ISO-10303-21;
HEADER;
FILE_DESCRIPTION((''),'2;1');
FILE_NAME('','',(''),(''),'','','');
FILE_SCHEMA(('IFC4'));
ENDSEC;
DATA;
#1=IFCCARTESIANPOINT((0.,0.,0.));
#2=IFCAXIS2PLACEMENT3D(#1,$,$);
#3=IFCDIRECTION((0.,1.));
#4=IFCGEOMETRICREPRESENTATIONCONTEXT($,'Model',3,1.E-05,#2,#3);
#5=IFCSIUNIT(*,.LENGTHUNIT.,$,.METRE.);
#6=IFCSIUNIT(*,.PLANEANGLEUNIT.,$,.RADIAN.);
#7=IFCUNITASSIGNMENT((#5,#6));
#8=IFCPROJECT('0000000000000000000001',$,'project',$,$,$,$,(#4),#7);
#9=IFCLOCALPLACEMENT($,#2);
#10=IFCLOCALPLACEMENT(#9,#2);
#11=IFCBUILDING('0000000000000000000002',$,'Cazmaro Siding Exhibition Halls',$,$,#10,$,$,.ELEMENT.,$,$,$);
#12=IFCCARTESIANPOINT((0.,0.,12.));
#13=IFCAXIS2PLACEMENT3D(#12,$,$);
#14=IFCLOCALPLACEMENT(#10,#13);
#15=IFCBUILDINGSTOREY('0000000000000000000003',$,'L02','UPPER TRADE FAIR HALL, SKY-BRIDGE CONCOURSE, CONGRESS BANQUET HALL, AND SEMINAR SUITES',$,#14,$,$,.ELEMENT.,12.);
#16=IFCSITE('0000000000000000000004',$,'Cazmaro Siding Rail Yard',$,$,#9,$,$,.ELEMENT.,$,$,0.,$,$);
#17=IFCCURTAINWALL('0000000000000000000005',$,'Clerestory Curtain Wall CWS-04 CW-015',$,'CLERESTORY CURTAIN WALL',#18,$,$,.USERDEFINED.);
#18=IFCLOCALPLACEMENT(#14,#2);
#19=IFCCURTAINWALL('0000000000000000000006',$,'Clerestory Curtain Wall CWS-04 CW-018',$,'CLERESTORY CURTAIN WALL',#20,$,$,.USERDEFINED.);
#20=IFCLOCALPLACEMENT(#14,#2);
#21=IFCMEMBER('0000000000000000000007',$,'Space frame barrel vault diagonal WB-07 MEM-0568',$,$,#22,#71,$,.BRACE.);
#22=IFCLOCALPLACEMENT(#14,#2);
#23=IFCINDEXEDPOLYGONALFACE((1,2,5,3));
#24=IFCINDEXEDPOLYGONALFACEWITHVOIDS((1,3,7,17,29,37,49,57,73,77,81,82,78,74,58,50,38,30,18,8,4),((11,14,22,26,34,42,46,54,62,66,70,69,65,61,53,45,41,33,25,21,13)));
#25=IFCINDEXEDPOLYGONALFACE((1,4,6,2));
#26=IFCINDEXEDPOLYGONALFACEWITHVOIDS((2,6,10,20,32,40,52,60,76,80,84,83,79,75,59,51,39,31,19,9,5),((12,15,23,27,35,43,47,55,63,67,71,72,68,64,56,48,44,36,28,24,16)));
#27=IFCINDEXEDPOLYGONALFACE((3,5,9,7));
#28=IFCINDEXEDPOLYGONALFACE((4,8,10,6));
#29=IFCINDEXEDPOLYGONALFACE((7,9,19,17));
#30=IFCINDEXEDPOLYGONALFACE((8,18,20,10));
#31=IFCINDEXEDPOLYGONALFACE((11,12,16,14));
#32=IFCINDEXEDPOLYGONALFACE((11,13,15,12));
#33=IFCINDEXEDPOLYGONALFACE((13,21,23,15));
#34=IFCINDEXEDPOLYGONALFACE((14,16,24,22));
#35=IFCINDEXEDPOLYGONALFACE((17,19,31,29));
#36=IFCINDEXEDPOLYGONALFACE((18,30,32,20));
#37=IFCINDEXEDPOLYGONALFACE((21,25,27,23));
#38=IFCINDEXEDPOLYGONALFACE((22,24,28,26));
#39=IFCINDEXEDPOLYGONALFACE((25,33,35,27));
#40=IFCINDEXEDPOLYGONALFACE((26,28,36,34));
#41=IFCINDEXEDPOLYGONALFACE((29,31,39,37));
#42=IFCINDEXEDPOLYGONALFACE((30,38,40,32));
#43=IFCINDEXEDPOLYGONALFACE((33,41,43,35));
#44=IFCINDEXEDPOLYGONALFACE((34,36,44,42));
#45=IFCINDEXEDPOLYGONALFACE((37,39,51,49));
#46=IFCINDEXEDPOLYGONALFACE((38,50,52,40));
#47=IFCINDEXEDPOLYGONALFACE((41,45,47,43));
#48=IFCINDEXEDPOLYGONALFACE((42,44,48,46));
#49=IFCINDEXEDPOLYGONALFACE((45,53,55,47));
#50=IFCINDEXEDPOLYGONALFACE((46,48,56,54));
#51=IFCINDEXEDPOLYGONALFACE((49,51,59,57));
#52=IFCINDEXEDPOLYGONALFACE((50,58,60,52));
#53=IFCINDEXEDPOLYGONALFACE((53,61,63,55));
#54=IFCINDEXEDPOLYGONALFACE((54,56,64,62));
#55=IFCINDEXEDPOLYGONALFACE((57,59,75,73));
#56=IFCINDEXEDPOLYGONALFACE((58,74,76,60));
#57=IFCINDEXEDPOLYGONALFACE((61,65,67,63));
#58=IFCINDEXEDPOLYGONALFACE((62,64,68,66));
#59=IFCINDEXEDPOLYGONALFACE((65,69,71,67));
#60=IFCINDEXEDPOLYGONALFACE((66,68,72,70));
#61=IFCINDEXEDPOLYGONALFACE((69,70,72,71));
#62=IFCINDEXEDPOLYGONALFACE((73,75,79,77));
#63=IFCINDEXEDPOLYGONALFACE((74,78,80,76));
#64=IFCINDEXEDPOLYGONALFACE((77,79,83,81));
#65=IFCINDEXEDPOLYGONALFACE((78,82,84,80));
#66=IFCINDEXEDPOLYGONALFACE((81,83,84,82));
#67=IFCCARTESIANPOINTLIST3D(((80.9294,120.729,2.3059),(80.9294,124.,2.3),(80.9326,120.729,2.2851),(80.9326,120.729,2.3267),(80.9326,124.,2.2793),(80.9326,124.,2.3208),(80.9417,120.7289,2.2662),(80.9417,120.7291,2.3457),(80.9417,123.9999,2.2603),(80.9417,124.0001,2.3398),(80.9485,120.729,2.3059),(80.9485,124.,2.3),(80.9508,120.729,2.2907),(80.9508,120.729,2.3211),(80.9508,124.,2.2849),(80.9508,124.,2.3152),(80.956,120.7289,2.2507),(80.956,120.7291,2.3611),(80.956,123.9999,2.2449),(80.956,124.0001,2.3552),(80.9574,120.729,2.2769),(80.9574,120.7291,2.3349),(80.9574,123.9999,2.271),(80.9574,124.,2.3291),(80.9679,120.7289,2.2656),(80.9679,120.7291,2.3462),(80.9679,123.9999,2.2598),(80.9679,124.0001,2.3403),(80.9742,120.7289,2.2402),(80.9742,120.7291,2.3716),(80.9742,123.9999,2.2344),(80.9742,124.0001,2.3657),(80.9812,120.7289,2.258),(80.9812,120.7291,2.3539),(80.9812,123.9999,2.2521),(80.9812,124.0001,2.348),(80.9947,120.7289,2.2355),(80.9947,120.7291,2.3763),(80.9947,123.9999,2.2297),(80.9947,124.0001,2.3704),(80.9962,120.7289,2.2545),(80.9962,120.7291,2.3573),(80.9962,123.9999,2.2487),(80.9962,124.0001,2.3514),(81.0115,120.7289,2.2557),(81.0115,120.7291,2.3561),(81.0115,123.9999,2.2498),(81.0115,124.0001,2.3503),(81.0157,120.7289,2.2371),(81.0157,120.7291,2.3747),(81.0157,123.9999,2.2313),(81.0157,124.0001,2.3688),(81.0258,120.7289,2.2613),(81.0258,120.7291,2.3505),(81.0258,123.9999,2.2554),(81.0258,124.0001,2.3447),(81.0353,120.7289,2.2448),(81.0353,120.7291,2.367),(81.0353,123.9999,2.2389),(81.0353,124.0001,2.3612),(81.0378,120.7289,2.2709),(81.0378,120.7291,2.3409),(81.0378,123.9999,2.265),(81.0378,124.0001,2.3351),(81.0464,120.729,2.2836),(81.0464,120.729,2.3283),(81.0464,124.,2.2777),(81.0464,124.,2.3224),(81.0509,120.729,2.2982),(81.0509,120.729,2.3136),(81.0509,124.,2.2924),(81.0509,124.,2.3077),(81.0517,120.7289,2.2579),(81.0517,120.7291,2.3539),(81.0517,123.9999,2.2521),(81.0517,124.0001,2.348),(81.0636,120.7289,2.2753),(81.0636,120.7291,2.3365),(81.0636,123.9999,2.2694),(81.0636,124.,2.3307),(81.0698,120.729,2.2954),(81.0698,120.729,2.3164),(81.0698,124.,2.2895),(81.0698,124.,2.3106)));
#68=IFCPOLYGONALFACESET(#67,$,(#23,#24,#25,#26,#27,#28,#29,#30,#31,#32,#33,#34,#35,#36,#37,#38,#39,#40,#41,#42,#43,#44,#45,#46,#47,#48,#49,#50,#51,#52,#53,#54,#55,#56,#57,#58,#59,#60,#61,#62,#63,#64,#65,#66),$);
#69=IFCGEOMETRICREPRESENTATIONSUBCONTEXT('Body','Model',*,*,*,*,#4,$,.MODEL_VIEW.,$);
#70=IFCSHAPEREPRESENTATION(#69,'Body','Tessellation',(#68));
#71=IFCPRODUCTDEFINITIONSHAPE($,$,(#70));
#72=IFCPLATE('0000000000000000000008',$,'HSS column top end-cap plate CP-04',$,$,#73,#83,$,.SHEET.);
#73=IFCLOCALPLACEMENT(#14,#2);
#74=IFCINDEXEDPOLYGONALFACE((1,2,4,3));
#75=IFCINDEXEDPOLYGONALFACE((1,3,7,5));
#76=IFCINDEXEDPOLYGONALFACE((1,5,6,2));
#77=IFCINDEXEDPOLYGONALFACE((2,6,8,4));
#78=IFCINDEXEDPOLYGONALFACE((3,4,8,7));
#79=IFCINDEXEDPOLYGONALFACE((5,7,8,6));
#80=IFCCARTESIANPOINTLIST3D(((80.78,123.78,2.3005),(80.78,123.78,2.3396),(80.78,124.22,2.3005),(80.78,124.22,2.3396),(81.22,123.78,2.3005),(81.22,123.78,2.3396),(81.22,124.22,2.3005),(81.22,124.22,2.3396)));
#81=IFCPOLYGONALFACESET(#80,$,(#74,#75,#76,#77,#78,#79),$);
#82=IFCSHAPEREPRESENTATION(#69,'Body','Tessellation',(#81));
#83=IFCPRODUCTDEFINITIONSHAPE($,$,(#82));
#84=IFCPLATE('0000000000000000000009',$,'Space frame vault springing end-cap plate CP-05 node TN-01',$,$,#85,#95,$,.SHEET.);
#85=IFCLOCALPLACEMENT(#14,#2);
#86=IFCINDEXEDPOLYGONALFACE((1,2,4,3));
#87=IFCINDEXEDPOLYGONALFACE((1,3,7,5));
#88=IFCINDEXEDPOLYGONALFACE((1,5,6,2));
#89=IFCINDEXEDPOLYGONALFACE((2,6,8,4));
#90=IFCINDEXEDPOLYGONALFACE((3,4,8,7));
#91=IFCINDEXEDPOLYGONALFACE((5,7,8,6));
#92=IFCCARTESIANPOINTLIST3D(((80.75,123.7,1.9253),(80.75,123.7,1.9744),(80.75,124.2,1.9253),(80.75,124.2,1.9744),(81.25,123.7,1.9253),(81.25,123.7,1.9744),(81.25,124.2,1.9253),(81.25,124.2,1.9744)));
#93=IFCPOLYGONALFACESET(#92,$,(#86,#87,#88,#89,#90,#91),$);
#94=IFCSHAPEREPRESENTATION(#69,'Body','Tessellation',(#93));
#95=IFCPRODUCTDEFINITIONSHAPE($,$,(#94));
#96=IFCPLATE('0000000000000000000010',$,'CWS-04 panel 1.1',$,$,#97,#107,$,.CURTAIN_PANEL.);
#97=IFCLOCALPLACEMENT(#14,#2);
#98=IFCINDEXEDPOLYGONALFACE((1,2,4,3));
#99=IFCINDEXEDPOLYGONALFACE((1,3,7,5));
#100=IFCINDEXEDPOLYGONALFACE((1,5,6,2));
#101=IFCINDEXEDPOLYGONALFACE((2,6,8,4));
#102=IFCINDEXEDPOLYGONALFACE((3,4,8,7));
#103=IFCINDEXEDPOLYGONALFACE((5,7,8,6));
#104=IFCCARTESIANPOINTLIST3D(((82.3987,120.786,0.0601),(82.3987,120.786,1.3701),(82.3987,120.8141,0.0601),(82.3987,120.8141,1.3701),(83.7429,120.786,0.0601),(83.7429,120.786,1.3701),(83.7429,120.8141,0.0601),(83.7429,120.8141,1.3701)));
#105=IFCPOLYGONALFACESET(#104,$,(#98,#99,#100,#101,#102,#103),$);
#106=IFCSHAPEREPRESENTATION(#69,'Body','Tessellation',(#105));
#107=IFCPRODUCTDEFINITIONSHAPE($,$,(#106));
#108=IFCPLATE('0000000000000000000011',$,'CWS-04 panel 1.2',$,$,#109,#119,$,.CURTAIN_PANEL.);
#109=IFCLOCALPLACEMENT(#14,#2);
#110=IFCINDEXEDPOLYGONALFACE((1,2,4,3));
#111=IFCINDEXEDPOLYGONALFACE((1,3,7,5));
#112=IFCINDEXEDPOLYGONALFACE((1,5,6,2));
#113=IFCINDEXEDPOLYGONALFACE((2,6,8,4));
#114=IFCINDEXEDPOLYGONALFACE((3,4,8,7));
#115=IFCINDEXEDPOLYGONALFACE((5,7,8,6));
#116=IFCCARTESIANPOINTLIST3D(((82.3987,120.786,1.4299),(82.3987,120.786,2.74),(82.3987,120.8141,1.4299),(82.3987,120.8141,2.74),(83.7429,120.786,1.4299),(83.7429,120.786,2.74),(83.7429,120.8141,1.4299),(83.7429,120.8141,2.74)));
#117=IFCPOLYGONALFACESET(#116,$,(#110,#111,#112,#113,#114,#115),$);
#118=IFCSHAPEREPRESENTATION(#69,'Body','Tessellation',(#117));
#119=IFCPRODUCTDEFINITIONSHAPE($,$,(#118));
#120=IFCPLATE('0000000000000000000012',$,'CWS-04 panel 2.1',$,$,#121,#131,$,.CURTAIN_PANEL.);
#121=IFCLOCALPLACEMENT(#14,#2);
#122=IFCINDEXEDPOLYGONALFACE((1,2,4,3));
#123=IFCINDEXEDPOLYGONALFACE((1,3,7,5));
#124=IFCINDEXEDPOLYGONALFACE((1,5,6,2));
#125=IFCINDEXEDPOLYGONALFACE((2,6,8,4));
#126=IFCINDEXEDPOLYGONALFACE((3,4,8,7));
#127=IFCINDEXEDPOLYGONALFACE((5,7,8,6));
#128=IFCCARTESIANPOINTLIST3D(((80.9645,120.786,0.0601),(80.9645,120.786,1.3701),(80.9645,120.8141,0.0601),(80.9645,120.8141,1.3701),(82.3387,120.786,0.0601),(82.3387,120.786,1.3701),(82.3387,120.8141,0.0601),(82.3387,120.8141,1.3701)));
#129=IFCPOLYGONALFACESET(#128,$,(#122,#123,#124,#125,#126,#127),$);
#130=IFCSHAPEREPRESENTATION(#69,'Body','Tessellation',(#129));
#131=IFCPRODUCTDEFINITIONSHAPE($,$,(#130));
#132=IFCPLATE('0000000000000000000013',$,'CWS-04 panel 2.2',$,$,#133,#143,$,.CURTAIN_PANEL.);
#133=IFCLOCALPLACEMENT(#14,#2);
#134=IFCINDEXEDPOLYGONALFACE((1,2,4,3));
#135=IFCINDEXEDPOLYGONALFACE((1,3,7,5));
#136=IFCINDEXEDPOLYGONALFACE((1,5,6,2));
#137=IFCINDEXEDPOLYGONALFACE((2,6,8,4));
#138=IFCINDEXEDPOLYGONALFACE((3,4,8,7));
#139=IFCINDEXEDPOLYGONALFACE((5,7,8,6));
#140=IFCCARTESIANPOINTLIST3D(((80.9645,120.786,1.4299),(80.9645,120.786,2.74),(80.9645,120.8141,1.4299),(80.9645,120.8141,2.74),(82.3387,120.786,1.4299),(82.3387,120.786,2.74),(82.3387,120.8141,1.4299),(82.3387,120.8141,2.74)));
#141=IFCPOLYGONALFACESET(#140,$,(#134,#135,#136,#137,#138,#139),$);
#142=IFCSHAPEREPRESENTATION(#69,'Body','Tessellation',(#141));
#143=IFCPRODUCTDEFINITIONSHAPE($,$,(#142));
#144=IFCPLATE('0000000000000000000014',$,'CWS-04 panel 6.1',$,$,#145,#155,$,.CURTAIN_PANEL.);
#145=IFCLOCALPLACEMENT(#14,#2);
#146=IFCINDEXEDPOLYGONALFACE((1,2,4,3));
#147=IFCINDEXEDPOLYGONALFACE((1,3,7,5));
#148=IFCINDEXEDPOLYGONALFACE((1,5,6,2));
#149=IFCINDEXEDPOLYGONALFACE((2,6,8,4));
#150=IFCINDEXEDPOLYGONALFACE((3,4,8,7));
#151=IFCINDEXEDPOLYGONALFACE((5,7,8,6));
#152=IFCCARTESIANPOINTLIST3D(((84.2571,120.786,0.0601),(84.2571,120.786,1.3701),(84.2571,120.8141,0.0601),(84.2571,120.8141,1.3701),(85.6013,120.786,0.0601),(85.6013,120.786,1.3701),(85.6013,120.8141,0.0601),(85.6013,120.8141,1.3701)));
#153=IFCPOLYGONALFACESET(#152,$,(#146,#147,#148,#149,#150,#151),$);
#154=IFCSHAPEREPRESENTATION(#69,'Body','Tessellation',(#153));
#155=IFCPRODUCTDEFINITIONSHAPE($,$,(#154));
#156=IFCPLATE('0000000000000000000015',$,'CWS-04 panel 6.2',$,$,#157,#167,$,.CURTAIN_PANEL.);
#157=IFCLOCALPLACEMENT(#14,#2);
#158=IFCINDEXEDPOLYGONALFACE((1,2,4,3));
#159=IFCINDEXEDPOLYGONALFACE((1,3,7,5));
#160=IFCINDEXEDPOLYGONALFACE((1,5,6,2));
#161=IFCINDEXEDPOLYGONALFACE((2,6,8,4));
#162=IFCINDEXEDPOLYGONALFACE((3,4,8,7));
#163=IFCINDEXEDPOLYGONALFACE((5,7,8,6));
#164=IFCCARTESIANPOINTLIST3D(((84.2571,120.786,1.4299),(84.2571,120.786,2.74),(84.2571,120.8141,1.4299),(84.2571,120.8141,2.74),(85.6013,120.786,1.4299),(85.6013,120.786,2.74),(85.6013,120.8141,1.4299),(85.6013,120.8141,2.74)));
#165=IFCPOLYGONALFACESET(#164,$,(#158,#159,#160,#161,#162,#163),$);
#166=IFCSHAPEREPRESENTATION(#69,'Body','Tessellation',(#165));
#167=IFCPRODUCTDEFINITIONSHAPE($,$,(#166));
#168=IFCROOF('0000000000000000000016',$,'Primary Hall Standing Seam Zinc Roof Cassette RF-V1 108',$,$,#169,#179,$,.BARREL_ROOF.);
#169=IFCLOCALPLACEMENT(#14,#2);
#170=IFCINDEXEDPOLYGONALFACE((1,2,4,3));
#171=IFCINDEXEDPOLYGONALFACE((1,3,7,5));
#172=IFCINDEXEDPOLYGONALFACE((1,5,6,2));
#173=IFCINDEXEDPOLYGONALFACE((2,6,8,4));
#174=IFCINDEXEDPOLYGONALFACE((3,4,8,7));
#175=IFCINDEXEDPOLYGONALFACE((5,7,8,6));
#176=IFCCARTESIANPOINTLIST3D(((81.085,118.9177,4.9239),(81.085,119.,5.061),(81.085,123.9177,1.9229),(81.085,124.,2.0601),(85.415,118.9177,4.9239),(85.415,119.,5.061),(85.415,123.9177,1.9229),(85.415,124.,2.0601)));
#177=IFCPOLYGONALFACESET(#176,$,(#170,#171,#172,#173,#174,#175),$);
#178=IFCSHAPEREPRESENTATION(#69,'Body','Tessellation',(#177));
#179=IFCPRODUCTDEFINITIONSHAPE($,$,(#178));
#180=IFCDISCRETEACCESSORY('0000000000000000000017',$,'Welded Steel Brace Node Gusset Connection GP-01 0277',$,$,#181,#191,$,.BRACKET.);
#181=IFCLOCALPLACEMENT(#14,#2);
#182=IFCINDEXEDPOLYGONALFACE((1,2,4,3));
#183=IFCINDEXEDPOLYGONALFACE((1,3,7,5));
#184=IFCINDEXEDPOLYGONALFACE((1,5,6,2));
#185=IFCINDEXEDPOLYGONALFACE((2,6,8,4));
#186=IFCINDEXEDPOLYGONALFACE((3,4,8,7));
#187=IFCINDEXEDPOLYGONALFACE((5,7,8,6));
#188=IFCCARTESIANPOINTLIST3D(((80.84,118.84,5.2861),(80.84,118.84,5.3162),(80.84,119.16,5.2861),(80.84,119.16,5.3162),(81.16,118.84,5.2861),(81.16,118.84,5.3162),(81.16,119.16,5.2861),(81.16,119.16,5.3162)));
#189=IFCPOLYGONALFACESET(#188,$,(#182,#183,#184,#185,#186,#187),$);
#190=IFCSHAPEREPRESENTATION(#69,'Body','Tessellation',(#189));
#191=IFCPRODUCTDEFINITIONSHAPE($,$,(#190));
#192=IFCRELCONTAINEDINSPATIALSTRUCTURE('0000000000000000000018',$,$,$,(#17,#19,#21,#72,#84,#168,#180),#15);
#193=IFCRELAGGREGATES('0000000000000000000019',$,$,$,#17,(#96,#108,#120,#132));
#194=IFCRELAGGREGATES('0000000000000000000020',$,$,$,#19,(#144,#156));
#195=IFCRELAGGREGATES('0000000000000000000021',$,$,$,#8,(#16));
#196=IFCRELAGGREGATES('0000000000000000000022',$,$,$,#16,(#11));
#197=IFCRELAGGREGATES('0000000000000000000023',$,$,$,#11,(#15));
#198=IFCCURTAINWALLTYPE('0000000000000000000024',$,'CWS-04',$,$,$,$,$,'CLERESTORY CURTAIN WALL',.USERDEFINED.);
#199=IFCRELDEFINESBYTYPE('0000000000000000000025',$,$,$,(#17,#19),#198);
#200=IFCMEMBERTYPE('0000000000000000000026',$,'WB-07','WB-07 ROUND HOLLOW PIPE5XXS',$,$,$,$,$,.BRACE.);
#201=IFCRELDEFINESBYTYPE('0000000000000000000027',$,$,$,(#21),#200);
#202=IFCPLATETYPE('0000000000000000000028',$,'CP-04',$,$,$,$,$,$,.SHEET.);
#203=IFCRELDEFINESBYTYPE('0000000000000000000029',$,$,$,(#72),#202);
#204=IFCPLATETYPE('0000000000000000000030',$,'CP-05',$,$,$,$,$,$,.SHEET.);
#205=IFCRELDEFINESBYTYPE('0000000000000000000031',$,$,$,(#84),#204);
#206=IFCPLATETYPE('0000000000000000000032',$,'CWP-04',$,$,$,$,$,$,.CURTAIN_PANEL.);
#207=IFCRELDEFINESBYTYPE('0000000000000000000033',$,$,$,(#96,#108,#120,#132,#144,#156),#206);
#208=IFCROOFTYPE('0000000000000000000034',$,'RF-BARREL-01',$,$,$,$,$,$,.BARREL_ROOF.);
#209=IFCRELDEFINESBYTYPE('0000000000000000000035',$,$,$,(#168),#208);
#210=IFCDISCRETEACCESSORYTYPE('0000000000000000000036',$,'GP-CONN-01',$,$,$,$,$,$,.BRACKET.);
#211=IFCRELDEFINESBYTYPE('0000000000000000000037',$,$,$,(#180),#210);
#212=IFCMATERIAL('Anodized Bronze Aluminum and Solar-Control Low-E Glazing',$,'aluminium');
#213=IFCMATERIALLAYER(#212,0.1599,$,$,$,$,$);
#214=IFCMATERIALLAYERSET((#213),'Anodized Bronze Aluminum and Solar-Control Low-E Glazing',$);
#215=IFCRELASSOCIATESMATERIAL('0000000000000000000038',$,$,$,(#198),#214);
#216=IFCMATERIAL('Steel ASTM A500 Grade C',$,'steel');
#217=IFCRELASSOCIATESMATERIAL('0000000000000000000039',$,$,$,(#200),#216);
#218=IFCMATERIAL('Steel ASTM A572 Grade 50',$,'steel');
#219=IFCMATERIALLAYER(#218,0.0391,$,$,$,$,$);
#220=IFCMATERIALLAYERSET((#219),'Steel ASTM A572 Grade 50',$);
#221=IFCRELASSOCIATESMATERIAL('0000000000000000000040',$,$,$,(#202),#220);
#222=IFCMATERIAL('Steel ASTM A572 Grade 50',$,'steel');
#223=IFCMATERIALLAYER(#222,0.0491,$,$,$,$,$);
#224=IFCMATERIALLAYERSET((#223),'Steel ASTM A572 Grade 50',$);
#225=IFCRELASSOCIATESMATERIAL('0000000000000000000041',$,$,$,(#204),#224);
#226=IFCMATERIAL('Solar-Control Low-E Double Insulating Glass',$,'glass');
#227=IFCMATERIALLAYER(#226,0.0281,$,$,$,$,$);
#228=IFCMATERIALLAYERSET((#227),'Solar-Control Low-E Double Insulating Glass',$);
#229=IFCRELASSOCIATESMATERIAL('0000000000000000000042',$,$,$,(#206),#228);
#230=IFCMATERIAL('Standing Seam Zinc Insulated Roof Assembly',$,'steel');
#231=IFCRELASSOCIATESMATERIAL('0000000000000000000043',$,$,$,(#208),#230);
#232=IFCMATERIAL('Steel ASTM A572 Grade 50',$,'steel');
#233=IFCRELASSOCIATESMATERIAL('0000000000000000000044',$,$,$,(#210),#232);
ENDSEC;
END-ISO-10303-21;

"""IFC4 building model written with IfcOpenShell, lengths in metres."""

from ifc_helpers import new_model, si_unit, direction, frame, origin, origin_2d, place, context, subcontext, project, spatial, polyline, rectangle, hollow_circle, outline, extrude, material, layer, layer_set, material_profile, profile_set, type_object, element, aggregate, save


model = new_model("IFC4")

# Units and contexts
model_context = context("Model", 3, precision=1e-05, world=origin(), true_north=direction((0.0, 1.0)))
body_context = subcontext(model_context, "Body", "Model", "MODEL_VIEW")
ifc_project = project(units=[si_unit("LENGTHUNIT", "METRE"), si_unit("PLANEANGLEUNIT", "RADIAN")], contexts=[model_context])

# Site, building, storey
site_placement = place(None, origin())
site = spatial("IfcSite", under=ifc_project, at=site_placement, Name="Cazmaro Siding Rail Yard", CompositionType="ELEMENT", RefElevation=0.0)
building_placement = place(site_placement, origin())
building = spatial("IfcBuilding", under=site, at=building_placement, Name="Cazmaro Siding Exhibition Halls", CompositionType="ELEMENT")
storey_placement = place(building_placement, frame((0.0, 0.0, 12.0)))
storey = spatial("IfcBuildingStorey", under=building, at=storey_placement, Name="L02", Description="UPPER TRADE FAIR HALL, SKY-BRIDGE CONCOURSE, CONGRESS BANQUET HALL, AND SEMINAR SUITES", CompositionType="ELEMENT", Elevation=12.0)

# Curtain wall
ifc_material_1 = material(Name="Anodized Bronze Aluminum and Solar-Control Low-E Glazing", Category="aluminium")
ifc_layer_1 = layer(ifc_material_1, 0.1599)
ifc_layer_set_1 = layer_set([ifc_layer_1], Name="Anodized Bronze Aluminum and Solar-Control Low-E Glazing")
curtain_wall_type = type_object("IfcCurtainWallType", Name="CWS-04", ElementType="CLERESTORY CURTAIN WALL", PredefinedType="USERDEFINED", material=ifc_layer_set_1)
curtain_wall_1_placement = place(storey_placement, origin())
curtain_wall_1 = element("IfcCurtainWall", 1, at=curtain_wall_1_placement, inside=storey, type_object=curtain_wall_type, Name="Clerestory Curtain Wall CWS-04 CW-015", ObjectType="CLERESTORY CURTAIN WALL", PredefinedType="USERDEFINED")

# Curtain wall
curtain_wall_2_placement = place(storey_placement, origin())
curtain_wall_2 = element("IfcCurtainWall", 2, at=curtain_wall_2_placement, inside=storey, type_object=curtain_wall_type, Name="Clerestory Curtain Wall CWS-04 CW-018", ObjectType="CLERESTORY CURTAIN WALL", PredefinedType="USERDEFINED")

# Member
ifc_material_2 = material(Name="Steel ASTM A500 Grade C", Category="steel")
ifc_material_profile_1 = material_profile(ifc_material_2, hollow_circle(Radius=0.0706, WallThickness=0.019, at=origin_2d()), Name="PIPE5XXS")
ifc_profile_set_1 = profile_set([ifc_material_profile_1], Name="Steel ASTM A500 Grade C")
member_type_1 = type_object("IfcMemberType", Name="WB-07", Description="WB-07 ROUND HOLLOW PIPE5XXS", PredefinedType="BRACE", material=ifc_profile_set_1)
member_1_placement = place(storey_placement, frame((81.0, 120.729, 2.3059), z_axis=(0.0, 0.999998, -0.001791), x_axis=(-1.0, 0.0, 0.0)))
element("IfcMember", 3, at=member_1_placement, inside=storey, type_object=member_type_1, Name="Space frame barrel vault diagonal WB-07 MEM-0568", PredefinedType="BRACE", context=body_context, shape_type="SweptSolid", body=[
    extrude(hollow_circle(Radius=0.0706, WallThickness=0.019, at=origin_2d()), origin(), (0.0, 0.0, 1.0), 3.271),
])

# Plates
ifc_material_3 = material(Name="Steel ASTM A572 Grade 50", Category="steel")
ifc_layer_2 = layer(ifc_material_3, 0.0391)
ifc_layer_set_2 = layer_set([ifc_layer_2], Name="Steel ASTM A572 Grade 50")
plate_type_1 = type_object("IfcPlateType", Name="CP-04", PredefinedType="SHEET", material=ifc_layer_set_2)
plate_1_placement = place(storey_placement, frame((81.0, 124.0, 2.3005), z_axis=(0.0, 0.0, 1.0), x_axis=(1.0, 0.0, 0.0)))
element("IfcPlate", 4, at=plate_1_placement, inside=storey, type_object=plate_type_1, Name="HSS column top end-cap plate CP-04", PredefinedType="SHEET", context=body_context, shape_type="SweptSolid", body=[
    extrude(rectangle(XDim=0.4399, YDim=0.4399, at=origin_2d()), origin(), (0.0, 0.0, 1.0), 0.0391),
])
ifc_material_4 = material(Name="Steel ASTM A572 Grade 50", Category="steel")
ifc_layer_3 = layer(ifc_material_4, 0.0491)
ifc_layer_set_3 = layer_set([ifc_layer_3], Name="Steel ASTM A572 Grade 50")
plate_type_2 = type_object("IfcPlateType", Name="CP-05", PredefinedType="SHEET", material=ifc_layer_set_3)
plate_2_placement = place(storey_placement, frame((81.0, 123.95, 1.9253), z_axis=(0.0, 0.0, 1.0), x_axis=(1.0, 0.0, 0.0)))
element("IfcPlate", 5, at=plate_2_placement, inside=storey, type_object=plate_type_2, Name="Space frame vault springing end-cap plate CP-05 node TN-01", PredefinedType="SHEET", context=body_context, shape_type="SweptSolid", body=[
    extrude(rectangle(XDim=0.5, YDim=0.5, at=origin_2d()), origin(), (0.0, 0.0, 1.0), 0.0491),
])

# Plates
ifc_material_5 = material(Name="Solar-Control Low-E Double Insulating Glass", Category="glass")
ifc_layer_4 = layer(ifc_material_5, 0.0281)
ifc_layer_set_4 = layer_set([ifc_layer_4], Name="Solar-Control Low-E Double Insulating Glass")
plate_type_3 = type_object("IfcPlateType", Name="CWP-04", PredefinedType="CURTAIN_PANEL", material=ifc_layer_set_4)
plate_3_placement = place(storey_placement, frame((83.0708, 120.8, 0.0601), z_axis=(0.0, 0.0, 1.0), x_axis=(-1.0, 0.0, 0.0)))
plate_3 = element("IfcPlate", 6, at=plate_3_placement, type_object=plate_type_3, Name="CWS-04 panel 1.1", PredefinedType="CURTAIN_PANEL", context=body_context, shape_type="SweptSolid", body=[
    extrude(rectangle(XDim=1.3442, YDim=0.0281, at=origin_2d()), origin(), (0.0, 0.0, 1.0), 1.3101),
])
plate_4_placement = place(storey_placement, frame((83.0708, 120.8, 1.4299), z_axis=(0.0, 0.0, 1.0), x_axis=(-1.0, 0.0, 0.0)))
plate_4 = element("IfcPlate", 7, at=plate_4_placement, type_object=plate_type_3, Name="CWS-04 panel 1.2", PredefinedType="CURTAIN_PANEL", context=body_context, shape_type="SweptSolid", body=[
    extrude(rectangle(XDim=1.3442, YDim=0.0281, at=origin_2d()), origin(), (0.0, 0.0, 1.0), 1.3101),
])
plate_5_placement = place(storey_placement, frame((81.6516, 120.8, 0.0601), z_axis=(0.0, 0.0, 1.0), x_axis=(-1.0, 0.0, 0.0)))
plate_5 = element("IfcPlate", 8, at=plate_5_placement, type_object=plate_type_3, Name="CWS-04 panel 2.1", PredefinedType="CURTAIN_PANEL", context=body_context, shape_type="SweptSolid", body=[
    extrude(rectangle(XDim=1.3743, YDim=0.0281, at=origin_2d()), origin(), (0.0, 0.0, 1.0), 1.3101),
])
plate_6_placement = place(storey_placement, frame((81.6516, 120.8, 1.4299), z_axis=(0.0, 0.0, 1.0), x_axis=(-1.0, 0.0, 0.0)))
plate_6 = element("IfcPlate", 9, at=plate_6_placement, type_object=plate_type_3, Name="CWS-04 panel 2.2", PredefinedType="CURTAIN_PANEL", context=body_context, shape_type="SweptSolid", body=[
    extrude(rectangle(XDim=1.3743, YDim=0.0281, at=origin_2d()), origin(), (0.0, 0.0, 1.0), 1.3101),
])
aggregate(curtain_wall_1, [plate_3, plate_4, plate_5, plate_6])
plate_7_placement = place(storey_placement, frame((84.9292, 120.8, 0.0601), z_axis=(0.0, 0.0, 1.0), x_axis=(-1.0, 0.0, 0.0)))
plate_7 = element("IfcPlate", 10, at=plate_7_placement, type_object=plate_type_3, Name="CWS-04 panel 6.1", PredefinedType="CURTAIN_PANEL", context=body_context, shape_type="SweptSolid", body=[
    extrude(rectangle(XDim=1.3442, YDim=0.0281, at=origin_2d()), origin(), (0.0, 0.0, 1.0), 1.3101),
])
plate_8_placement = place(storey_placement, frame((84.9292, 120.8, 1.4299), z_axis=(0.0, 0.0, 1.0), x_axis=(-1.0, 0.0, 0.0)))
plate_8 = element("IfcPlate", 11, at=plate_8_placement, type_object=plate_type_3, Name="CWS-04 panel 6.2", PredefinedType="CURTAIN_PANEL", context=body_context, shape_type="SweptSolid", body=[
    extrude(rectangle(XDim=1.3442, YDim=0.0281, at=origin_2d()), origin(), (0.0, 0.0, 1.0), 1.3101),
])
aggregate(curtain_wall_2, [plate_7, plate_8])

# Roof
ifc_material_6 = material(Name="Standing Seam Zinc Insulated Roof Assembly", Category="steel")
roof_type = type_object("IfcRoofType", Name="RF-BARREL-01", PredefinedType="BARREL_ROOF", material=ifc_material_6)
roof_placement = place(storey_placement, frame((81.085, 119.0, 5.061), z_axis=(0.0, 0.514619, 0.857419), x_axis=(1.0, 0.0, 0.0)))
element("IfcRoof", 12, at=roof_placement, inside=storey, type_object=roof_type, Name="Primary Hall Standing Seam Zinc Roof Cassette RF-V1 108", PredefinedType="BARREL_ROOF", context=body_context, shape_type="SweptSolid", body=[
    extrude(outline(polyline([(0.0, 0.0), (4.3301, 0.0), (4.3301, 5.8315), (0.0, 5.8315), (0.0, 0.0)])), origin(), (0.0, 0.0, -1.0), 0.1599),
])

# Discrete accessory
ifc_material_7 = material(Name="Steel ASTM A572 Grade 50", Category="steel")
discrete_accessory_type = type_object("IfcDiscreteAccessoryType", Name="GP-CONN-01", PredefinedType="BRACKET", material=ifc_material_7)
for number, where, z_axis, x_axis, name in (
    (13, (81.0, 119.0, 5.2861), (0.0, 0.0, 1.0), (1.0, 0.0, 0.0), "Welded Steel Brace Node Gusset Connection GP-01 0277"),
):
    element("IfcDiscreteAccessory", number, at=place(storey_placement, frame(where, z_axis=z_axis, x_axis=x_axis)), inside=storey, type_object=discrete_accessory_type, Name=name, PredefinedType="BRACKET", context=body_context, shape_type="SweptSolid", body=[
        extrude(rectangle(XDim=0.3201, YDim=0.3201, at=origin_2d()), origin(), (0.0, 0.0, 1.0), 0.03),
    ])

save(model, "model.ifc")
